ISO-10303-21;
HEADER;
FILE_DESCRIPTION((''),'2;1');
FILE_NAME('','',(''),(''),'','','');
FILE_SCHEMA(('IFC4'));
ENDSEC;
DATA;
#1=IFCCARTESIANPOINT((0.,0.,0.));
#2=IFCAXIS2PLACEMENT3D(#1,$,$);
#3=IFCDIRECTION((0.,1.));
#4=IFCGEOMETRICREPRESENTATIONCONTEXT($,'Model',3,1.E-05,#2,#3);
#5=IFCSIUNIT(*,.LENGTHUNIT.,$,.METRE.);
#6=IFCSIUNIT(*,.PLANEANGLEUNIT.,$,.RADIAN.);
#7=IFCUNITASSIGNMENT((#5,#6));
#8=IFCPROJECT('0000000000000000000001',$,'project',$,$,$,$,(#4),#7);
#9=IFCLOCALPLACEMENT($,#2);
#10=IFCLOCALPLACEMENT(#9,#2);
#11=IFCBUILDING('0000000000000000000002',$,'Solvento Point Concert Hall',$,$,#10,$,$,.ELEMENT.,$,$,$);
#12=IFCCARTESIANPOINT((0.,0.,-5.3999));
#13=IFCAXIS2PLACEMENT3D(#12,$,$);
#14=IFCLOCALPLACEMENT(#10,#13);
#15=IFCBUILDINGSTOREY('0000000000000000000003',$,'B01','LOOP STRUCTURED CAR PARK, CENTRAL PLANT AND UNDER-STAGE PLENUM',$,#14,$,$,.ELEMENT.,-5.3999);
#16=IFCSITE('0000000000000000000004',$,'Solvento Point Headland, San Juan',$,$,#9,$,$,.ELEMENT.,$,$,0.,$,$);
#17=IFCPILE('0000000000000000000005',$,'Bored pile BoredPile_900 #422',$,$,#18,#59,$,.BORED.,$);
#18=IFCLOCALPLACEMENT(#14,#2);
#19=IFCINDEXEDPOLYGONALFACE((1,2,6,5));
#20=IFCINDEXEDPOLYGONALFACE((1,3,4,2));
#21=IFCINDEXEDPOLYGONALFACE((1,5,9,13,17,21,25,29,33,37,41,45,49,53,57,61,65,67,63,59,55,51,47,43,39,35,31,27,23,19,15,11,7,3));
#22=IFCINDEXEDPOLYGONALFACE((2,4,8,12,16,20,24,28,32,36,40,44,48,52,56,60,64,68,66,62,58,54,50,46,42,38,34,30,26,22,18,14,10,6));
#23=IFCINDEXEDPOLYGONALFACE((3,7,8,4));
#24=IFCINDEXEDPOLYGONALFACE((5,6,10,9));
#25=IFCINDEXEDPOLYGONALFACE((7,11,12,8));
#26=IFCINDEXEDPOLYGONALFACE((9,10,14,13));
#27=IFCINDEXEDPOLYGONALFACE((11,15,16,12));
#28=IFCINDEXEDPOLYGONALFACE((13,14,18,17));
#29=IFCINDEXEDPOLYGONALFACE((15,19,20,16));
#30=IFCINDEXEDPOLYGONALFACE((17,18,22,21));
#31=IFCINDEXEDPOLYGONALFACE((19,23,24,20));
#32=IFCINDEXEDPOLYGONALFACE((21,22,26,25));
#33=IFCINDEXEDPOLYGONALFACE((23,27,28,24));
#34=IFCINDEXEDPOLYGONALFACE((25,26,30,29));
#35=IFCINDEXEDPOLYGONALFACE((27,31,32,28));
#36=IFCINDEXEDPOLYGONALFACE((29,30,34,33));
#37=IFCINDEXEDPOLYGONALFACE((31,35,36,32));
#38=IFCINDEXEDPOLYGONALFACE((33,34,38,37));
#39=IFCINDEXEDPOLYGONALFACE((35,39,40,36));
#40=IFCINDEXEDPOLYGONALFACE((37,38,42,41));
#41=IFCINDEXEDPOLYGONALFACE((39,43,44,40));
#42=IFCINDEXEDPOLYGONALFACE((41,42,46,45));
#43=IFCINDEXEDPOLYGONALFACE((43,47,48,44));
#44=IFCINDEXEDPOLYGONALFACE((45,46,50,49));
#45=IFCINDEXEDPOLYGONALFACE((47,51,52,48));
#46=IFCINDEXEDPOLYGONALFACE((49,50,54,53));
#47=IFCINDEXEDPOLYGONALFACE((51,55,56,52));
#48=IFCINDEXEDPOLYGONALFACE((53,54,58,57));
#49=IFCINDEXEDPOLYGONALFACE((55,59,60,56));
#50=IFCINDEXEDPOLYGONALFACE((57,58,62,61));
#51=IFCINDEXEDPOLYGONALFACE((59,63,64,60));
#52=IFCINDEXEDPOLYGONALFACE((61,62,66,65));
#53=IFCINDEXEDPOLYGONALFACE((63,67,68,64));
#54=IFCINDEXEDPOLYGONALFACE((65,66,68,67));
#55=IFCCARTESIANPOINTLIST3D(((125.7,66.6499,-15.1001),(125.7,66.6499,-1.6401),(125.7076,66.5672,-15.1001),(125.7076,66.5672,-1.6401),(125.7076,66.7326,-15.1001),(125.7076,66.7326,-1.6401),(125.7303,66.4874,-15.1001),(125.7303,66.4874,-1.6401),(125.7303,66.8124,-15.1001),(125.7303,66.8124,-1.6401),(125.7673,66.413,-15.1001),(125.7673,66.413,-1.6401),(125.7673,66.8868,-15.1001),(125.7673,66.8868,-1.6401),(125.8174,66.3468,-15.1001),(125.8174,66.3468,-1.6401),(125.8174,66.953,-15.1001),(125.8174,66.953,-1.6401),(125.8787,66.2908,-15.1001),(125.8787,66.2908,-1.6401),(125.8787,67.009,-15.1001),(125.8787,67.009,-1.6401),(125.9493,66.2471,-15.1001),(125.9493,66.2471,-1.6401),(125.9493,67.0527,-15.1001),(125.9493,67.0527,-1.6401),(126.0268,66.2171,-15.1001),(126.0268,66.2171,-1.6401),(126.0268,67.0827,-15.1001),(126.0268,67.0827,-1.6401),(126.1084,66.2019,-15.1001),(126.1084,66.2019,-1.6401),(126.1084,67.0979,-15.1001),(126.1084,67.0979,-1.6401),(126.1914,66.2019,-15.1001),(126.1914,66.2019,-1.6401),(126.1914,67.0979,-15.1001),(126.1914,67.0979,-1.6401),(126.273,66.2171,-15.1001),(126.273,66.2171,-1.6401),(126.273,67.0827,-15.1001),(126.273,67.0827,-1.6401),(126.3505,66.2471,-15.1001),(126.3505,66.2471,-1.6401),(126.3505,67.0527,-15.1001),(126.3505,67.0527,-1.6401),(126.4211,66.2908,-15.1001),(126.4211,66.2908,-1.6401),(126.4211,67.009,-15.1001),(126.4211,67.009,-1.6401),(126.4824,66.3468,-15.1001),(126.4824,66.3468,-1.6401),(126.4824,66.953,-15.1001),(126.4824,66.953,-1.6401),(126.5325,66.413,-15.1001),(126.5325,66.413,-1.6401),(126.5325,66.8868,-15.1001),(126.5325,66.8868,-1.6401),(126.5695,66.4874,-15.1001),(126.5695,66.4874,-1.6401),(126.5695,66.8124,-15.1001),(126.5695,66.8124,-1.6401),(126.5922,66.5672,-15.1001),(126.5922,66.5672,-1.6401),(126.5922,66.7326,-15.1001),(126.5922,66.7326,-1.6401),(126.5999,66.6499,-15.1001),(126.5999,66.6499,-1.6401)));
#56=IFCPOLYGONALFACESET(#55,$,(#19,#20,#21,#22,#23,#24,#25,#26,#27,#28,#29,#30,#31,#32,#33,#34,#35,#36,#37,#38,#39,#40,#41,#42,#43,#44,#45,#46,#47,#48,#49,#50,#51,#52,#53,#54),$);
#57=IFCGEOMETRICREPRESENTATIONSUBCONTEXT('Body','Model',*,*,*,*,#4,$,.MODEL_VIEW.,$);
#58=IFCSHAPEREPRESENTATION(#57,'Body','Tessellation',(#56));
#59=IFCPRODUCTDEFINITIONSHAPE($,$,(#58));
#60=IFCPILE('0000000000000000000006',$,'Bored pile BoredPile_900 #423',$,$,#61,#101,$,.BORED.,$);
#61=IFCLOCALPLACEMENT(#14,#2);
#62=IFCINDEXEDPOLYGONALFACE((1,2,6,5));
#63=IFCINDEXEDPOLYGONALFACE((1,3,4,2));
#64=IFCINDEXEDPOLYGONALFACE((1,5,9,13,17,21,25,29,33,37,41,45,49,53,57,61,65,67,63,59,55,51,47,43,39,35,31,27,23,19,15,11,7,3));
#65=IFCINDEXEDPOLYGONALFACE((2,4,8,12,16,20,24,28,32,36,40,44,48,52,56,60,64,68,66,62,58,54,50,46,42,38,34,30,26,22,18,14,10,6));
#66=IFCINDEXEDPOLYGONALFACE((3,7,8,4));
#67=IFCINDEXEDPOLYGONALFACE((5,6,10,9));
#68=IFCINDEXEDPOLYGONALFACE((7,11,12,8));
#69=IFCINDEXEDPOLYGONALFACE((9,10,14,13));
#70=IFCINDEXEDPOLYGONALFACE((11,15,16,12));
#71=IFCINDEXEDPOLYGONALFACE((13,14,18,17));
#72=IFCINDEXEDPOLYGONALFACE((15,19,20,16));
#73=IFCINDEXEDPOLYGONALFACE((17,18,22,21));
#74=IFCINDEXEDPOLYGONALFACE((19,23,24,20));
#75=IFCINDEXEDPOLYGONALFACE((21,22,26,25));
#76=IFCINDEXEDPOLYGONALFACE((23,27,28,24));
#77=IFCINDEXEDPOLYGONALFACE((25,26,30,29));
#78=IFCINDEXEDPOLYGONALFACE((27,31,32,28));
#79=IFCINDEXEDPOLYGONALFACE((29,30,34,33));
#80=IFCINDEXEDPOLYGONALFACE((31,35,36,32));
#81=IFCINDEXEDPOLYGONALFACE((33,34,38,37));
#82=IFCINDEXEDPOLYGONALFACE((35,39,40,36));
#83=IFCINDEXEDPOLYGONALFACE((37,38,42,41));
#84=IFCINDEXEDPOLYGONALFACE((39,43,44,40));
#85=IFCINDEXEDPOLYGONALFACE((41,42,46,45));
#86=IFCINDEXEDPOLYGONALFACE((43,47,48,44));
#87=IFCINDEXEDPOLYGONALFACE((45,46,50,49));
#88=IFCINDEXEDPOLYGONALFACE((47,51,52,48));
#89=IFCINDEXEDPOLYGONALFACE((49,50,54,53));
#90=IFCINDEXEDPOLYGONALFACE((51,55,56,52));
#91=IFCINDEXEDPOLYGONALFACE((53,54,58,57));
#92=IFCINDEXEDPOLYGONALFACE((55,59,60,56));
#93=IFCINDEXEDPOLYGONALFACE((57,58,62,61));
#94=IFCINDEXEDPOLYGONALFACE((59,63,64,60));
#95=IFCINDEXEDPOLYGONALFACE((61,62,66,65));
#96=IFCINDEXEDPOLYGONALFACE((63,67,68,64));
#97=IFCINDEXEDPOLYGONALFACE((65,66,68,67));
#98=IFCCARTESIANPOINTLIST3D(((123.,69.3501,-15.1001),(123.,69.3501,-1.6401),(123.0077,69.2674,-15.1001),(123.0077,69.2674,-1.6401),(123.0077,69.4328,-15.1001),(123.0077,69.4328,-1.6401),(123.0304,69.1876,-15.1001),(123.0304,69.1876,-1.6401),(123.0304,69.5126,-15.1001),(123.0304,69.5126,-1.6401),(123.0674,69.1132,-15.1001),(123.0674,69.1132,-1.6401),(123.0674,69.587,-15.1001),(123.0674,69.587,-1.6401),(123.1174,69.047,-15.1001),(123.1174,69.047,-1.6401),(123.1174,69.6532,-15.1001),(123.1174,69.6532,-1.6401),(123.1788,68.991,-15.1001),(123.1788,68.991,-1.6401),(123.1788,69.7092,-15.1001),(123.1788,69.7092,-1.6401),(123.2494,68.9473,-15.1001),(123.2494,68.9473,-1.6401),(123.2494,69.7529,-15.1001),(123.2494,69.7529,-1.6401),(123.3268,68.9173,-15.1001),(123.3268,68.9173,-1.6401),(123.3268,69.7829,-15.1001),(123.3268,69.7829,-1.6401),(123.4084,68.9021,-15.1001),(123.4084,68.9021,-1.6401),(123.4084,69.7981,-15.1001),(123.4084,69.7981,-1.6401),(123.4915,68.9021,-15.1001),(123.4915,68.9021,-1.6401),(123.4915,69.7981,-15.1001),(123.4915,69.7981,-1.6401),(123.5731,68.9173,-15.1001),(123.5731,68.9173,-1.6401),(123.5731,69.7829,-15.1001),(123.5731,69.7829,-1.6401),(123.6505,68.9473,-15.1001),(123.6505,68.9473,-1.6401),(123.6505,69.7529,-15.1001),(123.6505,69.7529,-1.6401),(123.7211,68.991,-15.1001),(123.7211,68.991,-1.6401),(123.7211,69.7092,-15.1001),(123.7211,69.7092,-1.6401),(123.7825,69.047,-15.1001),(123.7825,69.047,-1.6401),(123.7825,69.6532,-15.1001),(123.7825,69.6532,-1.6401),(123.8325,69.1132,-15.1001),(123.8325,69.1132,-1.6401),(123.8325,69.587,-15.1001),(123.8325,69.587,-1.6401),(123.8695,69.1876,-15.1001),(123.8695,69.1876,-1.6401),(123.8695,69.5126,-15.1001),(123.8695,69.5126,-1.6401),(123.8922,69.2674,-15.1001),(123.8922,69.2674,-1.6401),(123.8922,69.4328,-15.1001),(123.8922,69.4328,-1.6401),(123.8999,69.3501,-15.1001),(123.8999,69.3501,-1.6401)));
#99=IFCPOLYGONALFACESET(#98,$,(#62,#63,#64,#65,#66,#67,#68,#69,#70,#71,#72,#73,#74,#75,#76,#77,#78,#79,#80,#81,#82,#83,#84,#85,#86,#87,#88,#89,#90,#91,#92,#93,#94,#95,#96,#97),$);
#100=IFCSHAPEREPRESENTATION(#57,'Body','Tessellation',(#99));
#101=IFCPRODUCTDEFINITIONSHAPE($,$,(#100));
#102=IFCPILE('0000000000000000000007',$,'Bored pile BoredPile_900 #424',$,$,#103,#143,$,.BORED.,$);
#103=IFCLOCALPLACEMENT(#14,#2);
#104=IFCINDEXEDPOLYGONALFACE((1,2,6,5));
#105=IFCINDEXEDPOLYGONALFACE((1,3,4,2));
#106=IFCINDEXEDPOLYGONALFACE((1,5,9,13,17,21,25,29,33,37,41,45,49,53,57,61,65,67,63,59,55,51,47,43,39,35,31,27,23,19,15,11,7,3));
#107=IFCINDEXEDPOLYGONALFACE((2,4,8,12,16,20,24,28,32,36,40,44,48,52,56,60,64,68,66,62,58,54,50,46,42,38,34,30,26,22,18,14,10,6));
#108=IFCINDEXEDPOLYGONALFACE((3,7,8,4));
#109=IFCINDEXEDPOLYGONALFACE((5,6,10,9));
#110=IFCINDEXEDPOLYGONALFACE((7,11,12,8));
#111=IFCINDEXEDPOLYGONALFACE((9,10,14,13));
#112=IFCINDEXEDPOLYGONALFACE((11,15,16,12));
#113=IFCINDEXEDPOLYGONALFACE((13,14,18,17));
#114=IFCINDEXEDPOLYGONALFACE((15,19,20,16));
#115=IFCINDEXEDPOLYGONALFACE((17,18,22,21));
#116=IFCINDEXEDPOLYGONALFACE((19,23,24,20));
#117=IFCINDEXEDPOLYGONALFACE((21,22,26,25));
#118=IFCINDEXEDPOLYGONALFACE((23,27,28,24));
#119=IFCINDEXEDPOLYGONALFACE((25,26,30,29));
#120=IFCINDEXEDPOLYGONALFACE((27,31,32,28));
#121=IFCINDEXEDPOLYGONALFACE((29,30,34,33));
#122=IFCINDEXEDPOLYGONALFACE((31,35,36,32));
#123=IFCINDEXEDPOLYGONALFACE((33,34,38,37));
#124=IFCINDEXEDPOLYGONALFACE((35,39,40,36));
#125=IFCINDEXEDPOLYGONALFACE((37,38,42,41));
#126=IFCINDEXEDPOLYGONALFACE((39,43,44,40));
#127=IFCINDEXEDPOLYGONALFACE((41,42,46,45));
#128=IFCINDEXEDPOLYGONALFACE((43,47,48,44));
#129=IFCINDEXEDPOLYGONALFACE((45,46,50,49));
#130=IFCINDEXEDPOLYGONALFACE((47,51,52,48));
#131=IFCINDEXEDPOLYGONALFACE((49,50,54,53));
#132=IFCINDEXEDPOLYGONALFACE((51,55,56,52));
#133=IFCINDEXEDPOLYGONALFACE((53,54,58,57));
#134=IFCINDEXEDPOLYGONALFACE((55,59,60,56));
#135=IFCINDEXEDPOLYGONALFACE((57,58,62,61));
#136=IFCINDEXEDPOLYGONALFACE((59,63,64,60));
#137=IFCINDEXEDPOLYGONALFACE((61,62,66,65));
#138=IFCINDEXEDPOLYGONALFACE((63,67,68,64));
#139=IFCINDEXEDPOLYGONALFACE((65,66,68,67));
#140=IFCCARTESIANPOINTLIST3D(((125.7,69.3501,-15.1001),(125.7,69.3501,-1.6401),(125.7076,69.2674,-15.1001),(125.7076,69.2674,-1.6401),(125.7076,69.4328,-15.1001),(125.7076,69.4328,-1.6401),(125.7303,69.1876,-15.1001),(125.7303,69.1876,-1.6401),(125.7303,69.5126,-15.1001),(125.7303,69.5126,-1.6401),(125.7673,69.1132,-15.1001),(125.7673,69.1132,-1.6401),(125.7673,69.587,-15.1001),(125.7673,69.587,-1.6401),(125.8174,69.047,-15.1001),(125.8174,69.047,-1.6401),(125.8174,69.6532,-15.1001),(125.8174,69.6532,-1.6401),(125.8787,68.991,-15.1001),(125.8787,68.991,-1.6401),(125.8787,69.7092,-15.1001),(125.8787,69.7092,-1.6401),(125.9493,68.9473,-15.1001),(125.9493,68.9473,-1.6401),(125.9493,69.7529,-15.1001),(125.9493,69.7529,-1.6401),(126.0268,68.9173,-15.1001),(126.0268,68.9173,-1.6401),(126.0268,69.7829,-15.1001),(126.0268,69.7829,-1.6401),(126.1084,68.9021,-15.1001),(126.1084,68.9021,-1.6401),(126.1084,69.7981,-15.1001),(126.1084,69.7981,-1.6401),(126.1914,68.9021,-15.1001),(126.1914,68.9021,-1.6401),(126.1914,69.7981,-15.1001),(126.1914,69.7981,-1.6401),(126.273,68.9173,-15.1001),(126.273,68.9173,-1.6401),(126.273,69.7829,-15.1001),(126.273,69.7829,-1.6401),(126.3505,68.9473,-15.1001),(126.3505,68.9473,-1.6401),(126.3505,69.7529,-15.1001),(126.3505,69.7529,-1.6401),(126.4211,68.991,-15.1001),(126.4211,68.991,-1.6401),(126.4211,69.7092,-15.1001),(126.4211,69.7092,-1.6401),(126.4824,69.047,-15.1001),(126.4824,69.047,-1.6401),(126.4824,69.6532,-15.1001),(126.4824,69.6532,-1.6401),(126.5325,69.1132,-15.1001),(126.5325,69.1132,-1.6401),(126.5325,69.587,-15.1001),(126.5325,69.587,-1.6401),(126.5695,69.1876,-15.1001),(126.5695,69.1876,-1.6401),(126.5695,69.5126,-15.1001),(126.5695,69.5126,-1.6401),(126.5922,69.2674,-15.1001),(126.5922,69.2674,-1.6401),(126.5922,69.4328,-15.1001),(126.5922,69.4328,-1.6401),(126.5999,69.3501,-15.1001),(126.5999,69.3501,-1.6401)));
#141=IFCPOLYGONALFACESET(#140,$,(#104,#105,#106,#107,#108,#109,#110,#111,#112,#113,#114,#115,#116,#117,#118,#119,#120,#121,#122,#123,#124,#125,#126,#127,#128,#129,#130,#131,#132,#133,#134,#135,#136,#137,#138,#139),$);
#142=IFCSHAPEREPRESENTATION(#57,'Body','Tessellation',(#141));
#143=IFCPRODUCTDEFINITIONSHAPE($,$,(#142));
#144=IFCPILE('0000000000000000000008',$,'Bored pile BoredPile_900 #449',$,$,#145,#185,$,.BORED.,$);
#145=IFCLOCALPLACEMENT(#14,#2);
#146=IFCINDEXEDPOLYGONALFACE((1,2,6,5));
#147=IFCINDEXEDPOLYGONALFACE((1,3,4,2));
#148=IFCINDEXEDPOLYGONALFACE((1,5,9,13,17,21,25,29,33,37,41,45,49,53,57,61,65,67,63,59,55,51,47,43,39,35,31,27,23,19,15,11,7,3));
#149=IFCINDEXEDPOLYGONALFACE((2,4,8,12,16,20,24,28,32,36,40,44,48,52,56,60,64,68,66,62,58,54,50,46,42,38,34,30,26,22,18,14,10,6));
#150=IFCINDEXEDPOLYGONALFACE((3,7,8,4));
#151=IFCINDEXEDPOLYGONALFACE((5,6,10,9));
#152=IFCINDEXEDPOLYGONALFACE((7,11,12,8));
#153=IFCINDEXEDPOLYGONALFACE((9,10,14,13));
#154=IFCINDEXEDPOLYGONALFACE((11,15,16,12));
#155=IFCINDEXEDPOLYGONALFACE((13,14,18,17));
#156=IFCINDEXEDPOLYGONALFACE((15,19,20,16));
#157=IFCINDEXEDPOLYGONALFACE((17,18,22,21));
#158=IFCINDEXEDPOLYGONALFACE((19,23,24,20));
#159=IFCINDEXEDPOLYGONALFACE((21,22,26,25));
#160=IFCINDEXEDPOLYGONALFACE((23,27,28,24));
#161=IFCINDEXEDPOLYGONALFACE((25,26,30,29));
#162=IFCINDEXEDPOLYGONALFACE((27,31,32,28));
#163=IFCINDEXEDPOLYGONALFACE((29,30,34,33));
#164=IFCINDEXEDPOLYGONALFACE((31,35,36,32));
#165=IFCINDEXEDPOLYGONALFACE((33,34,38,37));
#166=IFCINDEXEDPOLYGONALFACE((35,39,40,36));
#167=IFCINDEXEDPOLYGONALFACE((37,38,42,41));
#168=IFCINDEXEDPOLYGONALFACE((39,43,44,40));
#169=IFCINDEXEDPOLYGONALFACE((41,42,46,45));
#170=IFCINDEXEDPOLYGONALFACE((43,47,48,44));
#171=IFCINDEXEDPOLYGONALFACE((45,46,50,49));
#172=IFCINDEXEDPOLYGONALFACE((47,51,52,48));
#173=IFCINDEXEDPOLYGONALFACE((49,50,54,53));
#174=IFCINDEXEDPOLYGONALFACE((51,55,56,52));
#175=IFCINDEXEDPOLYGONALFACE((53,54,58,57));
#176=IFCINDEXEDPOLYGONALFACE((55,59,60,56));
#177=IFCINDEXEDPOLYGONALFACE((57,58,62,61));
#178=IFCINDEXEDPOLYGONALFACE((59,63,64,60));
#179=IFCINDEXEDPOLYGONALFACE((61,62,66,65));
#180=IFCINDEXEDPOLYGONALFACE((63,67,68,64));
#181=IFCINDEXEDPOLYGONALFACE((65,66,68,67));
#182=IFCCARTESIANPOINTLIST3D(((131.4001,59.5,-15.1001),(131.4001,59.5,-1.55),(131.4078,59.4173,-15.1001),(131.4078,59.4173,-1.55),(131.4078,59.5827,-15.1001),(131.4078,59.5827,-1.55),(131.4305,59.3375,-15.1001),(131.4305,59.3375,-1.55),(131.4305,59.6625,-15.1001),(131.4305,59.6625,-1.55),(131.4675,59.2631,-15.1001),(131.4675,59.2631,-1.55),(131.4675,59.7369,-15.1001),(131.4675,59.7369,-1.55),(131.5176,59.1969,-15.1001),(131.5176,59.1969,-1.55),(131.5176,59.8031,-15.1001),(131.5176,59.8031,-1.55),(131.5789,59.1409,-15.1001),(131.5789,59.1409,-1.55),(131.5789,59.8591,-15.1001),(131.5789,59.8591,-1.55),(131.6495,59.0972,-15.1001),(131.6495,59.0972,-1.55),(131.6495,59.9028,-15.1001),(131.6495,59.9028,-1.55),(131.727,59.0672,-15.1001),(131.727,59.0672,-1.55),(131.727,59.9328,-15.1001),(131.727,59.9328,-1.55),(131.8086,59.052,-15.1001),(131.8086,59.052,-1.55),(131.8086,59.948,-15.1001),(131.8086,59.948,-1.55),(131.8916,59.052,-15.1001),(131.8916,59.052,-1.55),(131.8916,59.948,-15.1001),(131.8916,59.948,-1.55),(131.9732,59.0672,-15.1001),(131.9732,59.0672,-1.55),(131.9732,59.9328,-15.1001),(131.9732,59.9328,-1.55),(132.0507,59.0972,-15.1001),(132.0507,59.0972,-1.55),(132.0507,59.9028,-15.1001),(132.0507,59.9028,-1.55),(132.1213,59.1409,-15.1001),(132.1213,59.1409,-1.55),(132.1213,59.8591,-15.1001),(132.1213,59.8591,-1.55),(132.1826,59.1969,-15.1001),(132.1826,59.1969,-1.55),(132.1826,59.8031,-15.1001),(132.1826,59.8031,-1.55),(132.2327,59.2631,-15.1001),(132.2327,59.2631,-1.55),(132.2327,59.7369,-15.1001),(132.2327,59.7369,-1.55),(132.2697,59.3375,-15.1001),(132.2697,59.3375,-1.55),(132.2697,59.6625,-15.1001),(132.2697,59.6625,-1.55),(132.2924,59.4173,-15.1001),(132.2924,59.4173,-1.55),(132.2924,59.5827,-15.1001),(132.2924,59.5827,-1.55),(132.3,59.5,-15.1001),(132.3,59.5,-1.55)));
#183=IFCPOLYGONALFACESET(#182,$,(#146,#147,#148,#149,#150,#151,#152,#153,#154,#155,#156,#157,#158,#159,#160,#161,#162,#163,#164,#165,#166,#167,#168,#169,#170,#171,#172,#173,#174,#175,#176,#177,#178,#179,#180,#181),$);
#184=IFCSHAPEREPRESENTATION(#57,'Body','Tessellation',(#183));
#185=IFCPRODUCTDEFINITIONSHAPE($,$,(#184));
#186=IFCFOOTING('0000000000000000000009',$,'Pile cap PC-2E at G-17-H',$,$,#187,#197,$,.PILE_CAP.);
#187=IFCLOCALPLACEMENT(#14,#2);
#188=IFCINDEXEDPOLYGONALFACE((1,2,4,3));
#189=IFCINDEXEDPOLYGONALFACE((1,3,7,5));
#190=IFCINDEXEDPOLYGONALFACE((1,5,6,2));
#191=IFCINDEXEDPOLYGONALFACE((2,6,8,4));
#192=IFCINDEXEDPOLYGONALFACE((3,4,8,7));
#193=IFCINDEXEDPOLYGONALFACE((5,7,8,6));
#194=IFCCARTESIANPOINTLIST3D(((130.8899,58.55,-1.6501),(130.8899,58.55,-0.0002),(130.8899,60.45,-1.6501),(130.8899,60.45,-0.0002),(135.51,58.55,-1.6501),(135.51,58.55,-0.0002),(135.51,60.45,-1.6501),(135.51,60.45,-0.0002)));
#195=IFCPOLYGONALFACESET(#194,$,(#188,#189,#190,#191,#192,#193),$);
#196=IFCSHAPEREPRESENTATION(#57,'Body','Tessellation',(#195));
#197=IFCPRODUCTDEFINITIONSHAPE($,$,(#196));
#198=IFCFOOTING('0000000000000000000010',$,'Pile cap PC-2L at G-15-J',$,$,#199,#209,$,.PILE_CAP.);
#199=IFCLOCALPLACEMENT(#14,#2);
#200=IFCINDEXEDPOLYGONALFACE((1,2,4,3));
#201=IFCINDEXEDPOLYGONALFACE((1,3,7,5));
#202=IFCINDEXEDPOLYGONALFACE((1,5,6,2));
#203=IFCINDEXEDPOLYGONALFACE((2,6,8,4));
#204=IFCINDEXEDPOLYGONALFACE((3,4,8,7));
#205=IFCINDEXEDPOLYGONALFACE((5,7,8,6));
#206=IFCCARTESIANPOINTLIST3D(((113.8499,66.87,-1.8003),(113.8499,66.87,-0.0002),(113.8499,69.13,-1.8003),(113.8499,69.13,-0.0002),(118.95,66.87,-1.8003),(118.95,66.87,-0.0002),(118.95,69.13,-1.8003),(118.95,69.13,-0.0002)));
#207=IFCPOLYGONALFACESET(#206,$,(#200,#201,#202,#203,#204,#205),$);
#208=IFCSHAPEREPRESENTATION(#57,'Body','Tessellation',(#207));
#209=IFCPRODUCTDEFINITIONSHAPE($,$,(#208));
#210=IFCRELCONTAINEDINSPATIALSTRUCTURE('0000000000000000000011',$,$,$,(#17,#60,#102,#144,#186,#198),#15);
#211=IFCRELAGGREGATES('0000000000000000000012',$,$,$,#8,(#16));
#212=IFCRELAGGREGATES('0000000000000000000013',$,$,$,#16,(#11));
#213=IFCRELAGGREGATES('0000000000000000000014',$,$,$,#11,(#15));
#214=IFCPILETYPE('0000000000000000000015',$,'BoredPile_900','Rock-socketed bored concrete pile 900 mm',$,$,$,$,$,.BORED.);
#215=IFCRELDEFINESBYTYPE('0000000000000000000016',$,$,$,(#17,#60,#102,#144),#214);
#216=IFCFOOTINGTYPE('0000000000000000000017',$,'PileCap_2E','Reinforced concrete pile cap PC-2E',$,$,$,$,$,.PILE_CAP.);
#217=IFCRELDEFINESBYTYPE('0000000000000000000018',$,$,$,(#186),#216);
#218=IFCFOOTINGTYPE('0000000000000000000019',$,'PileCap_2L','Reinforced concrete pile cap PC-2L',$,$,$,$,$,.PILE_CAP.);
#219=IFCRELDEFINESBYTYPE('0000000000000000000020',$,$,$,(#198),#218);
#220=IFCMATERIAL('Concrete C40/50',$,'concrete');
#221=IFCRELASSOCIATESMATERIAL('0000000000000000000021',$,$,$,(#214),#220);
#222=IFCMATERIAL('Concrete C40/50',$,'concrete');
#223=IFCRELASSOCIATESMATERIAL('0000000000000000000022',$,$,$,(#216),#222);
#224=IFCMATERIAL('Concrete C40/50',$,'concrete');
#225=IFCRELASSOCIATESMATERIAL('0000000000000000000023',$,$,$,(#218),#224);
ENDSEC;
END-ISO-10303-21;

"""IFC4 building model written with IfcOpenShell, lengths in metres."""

from ifc_helpers import new_model, si_unit, direction, frame, origin, origin_2d, place, context, subcontext, project, spatial, rectangle, circle, extrude, material, material_profile, profile_set, type_object, element, save


model = new_model("IFC4")

# Units and contexts
model_context = context("Model", 3, precision=1e-05, world=origin(), true_north=direction((0.0, 1.0)))
body_context = subcontext(model_context, "Body", "Model", "MODEL_VIEW")
ifc_project = project(units=[si_unit("LENGTHUNIT", "METRE"), si_unit("PLANEANGLEUNIT", "RADIAN")], contexts=[model_context])

# Site, building, storey
site_placement = place(None, origin())
site = spatial("IfcSite", under=ifc_project, at=site_placement, Name="Solvento Point Headland, San Juan", CompositionType="ELEMENT", RefElevation=0.0)
building_placement = place(site_placement, origin())
building = spatial("IfcBuilding", under=site, at=building_placement, Name="Solvento Point Concert Hall", CompositionType="ELEMENT")
storey_placement = place(building_placement, frame((0.0, 0.0, -5.3999)))
storey = spatial("IfcBuildingStorey", under=building, at=storey_placement, Name="B01", Description="LOOP STRUCTURED CAR PARK, CENTRAL PLANT AND UNDER-STAGE PLENUM", CompositionType="ELEMENT", Elevation=-5.3999)

# Piles
ifc_material_1 = material(Name="Concrete C40/50", Category="concrete")
ifc_material_profile_1 = material_profile(ifc_material_1, circle(Radius=0.45, at=origin_2d()), Name="BP-900")
ifc_profile_set_1 = profile_set([ifc_material_profile_1], Name="Concrete C40/50")
pile_type_1 = type_object("IfcPileType", Name="BoredPile_900", Description="Rock-socketed bored concrete pile 900 mm", PredefinedType="BORED", material=ifc_profile_set_1)
for number, where, z_axis, x_axis, name in (
    (1, (126.1499, 66.6499, -1.6401), (0.0, 0.0, -1.0), (1.0, 0.0, 0.0), "Bored pile BoredPile_900 #422"),
    (2, (123.45, 69.3501, -1.6401), (0.0, 0.0, -1.0), (1.0, 0.0, 0.0), "Bored pile BoredPile_900 #423"),
    (3, (126.1499, 69.3501, -1.6401), (0.0, 0.0, -1.0), (1.0, 0.0, 0.0), "Bored pile BoredPile_900 #424"),
):
    element("IfcPile", number, at=place(storey_placement, frame(where, z_axis=z_axis, x_axis=x_axis)), inside=storey, type_object=pile_type_1, Name=name, PredefinedType="BORED", context=body_context, shape_type="SweptSolid", body=[
        extrude(circle(Radius=0.45, at=origin_2d()), origin(), (0.0, 0.0, 1.0), 13.46),
    ])
pile_1_placement = place(storey_placement, frame((131.8501, 59.5, -1.55), z_axis=(0.0, 0.0, -1.0), x_axis=(1.0, 0.0, 0.0)))
element("IfcPile", 4, at=pile_1_placement, inside=storey, type_object=pile_type_1, Name="Bored pile BoredPile_900 #449", PredefinedType="BORED", context=body_context, shape_type="SweptSolid", body=[
    extrude(circle(Radius=0.45, at=origin_2d()), origin(), (0.0, 0.0, 1.0), 13.55),
])

# Footings
ifc_material_2 = material(Name="Concrete C40/50", Category="concrete")
footing_type_1 = type_object("IfcFootingType", Name="PileCap_2E", Description="Reinforced concrete pile cap PC-2E", PredefinedType="PILE_CAP", material=ifc_material_2)
footing_1_placement = place(storey_placement, frame((133.2, 59.5, -1.6501), z_axis=(0.0, 0.0, 1.0), x_axis=(1.0, 0.0, 0.0)))
element("IfcFooting", 5, at=footing_1_placement, inside=storey, type_object=footing_type_1, Name="Pile cap PC-2E at G-17-H", PredefinedType="PILE_CAP", context=body_context, shape_type="SweptSolid", body=[
    extrude(rectangle(XDim=4.6201, YDim=1.8999, at=origin_2d()), origin(), (0.0, 0.0, 1.0), 1.6499),
])
ifc_material_3 = material(Name="Concrete C40/50", Category="concrete")
footing_type_2 = type_object("IfcFootingType", Name="PileCap_2L", Description="Reinforced concrete pile cap PC-2L", PredefinedType="PILE_CAP", material=ifc_material_3)
footing_2_placement = place(storey_placement, frame((116.3999, 68.0, -1.8003), z_axis=(0.0, 0.0, 1.0), x_axis=(1.0, 0.0, 0.0)))
element("IfcFooting", 6, at=footing_2_placement, inside=storey, type_object=footing_type_2, Name="Pile cap PC-2L at G-15-J", PredefinedType="PILE_CAP", context=body_context, shape_type="SweptSolid", body=[
    extrude(rectangle(XDim=5.1001, YDim=2.26, at=origin_2d()), origin(), (0.0, 0.0, 1.0), 1.8),
])

save(model, "model.ifc")
